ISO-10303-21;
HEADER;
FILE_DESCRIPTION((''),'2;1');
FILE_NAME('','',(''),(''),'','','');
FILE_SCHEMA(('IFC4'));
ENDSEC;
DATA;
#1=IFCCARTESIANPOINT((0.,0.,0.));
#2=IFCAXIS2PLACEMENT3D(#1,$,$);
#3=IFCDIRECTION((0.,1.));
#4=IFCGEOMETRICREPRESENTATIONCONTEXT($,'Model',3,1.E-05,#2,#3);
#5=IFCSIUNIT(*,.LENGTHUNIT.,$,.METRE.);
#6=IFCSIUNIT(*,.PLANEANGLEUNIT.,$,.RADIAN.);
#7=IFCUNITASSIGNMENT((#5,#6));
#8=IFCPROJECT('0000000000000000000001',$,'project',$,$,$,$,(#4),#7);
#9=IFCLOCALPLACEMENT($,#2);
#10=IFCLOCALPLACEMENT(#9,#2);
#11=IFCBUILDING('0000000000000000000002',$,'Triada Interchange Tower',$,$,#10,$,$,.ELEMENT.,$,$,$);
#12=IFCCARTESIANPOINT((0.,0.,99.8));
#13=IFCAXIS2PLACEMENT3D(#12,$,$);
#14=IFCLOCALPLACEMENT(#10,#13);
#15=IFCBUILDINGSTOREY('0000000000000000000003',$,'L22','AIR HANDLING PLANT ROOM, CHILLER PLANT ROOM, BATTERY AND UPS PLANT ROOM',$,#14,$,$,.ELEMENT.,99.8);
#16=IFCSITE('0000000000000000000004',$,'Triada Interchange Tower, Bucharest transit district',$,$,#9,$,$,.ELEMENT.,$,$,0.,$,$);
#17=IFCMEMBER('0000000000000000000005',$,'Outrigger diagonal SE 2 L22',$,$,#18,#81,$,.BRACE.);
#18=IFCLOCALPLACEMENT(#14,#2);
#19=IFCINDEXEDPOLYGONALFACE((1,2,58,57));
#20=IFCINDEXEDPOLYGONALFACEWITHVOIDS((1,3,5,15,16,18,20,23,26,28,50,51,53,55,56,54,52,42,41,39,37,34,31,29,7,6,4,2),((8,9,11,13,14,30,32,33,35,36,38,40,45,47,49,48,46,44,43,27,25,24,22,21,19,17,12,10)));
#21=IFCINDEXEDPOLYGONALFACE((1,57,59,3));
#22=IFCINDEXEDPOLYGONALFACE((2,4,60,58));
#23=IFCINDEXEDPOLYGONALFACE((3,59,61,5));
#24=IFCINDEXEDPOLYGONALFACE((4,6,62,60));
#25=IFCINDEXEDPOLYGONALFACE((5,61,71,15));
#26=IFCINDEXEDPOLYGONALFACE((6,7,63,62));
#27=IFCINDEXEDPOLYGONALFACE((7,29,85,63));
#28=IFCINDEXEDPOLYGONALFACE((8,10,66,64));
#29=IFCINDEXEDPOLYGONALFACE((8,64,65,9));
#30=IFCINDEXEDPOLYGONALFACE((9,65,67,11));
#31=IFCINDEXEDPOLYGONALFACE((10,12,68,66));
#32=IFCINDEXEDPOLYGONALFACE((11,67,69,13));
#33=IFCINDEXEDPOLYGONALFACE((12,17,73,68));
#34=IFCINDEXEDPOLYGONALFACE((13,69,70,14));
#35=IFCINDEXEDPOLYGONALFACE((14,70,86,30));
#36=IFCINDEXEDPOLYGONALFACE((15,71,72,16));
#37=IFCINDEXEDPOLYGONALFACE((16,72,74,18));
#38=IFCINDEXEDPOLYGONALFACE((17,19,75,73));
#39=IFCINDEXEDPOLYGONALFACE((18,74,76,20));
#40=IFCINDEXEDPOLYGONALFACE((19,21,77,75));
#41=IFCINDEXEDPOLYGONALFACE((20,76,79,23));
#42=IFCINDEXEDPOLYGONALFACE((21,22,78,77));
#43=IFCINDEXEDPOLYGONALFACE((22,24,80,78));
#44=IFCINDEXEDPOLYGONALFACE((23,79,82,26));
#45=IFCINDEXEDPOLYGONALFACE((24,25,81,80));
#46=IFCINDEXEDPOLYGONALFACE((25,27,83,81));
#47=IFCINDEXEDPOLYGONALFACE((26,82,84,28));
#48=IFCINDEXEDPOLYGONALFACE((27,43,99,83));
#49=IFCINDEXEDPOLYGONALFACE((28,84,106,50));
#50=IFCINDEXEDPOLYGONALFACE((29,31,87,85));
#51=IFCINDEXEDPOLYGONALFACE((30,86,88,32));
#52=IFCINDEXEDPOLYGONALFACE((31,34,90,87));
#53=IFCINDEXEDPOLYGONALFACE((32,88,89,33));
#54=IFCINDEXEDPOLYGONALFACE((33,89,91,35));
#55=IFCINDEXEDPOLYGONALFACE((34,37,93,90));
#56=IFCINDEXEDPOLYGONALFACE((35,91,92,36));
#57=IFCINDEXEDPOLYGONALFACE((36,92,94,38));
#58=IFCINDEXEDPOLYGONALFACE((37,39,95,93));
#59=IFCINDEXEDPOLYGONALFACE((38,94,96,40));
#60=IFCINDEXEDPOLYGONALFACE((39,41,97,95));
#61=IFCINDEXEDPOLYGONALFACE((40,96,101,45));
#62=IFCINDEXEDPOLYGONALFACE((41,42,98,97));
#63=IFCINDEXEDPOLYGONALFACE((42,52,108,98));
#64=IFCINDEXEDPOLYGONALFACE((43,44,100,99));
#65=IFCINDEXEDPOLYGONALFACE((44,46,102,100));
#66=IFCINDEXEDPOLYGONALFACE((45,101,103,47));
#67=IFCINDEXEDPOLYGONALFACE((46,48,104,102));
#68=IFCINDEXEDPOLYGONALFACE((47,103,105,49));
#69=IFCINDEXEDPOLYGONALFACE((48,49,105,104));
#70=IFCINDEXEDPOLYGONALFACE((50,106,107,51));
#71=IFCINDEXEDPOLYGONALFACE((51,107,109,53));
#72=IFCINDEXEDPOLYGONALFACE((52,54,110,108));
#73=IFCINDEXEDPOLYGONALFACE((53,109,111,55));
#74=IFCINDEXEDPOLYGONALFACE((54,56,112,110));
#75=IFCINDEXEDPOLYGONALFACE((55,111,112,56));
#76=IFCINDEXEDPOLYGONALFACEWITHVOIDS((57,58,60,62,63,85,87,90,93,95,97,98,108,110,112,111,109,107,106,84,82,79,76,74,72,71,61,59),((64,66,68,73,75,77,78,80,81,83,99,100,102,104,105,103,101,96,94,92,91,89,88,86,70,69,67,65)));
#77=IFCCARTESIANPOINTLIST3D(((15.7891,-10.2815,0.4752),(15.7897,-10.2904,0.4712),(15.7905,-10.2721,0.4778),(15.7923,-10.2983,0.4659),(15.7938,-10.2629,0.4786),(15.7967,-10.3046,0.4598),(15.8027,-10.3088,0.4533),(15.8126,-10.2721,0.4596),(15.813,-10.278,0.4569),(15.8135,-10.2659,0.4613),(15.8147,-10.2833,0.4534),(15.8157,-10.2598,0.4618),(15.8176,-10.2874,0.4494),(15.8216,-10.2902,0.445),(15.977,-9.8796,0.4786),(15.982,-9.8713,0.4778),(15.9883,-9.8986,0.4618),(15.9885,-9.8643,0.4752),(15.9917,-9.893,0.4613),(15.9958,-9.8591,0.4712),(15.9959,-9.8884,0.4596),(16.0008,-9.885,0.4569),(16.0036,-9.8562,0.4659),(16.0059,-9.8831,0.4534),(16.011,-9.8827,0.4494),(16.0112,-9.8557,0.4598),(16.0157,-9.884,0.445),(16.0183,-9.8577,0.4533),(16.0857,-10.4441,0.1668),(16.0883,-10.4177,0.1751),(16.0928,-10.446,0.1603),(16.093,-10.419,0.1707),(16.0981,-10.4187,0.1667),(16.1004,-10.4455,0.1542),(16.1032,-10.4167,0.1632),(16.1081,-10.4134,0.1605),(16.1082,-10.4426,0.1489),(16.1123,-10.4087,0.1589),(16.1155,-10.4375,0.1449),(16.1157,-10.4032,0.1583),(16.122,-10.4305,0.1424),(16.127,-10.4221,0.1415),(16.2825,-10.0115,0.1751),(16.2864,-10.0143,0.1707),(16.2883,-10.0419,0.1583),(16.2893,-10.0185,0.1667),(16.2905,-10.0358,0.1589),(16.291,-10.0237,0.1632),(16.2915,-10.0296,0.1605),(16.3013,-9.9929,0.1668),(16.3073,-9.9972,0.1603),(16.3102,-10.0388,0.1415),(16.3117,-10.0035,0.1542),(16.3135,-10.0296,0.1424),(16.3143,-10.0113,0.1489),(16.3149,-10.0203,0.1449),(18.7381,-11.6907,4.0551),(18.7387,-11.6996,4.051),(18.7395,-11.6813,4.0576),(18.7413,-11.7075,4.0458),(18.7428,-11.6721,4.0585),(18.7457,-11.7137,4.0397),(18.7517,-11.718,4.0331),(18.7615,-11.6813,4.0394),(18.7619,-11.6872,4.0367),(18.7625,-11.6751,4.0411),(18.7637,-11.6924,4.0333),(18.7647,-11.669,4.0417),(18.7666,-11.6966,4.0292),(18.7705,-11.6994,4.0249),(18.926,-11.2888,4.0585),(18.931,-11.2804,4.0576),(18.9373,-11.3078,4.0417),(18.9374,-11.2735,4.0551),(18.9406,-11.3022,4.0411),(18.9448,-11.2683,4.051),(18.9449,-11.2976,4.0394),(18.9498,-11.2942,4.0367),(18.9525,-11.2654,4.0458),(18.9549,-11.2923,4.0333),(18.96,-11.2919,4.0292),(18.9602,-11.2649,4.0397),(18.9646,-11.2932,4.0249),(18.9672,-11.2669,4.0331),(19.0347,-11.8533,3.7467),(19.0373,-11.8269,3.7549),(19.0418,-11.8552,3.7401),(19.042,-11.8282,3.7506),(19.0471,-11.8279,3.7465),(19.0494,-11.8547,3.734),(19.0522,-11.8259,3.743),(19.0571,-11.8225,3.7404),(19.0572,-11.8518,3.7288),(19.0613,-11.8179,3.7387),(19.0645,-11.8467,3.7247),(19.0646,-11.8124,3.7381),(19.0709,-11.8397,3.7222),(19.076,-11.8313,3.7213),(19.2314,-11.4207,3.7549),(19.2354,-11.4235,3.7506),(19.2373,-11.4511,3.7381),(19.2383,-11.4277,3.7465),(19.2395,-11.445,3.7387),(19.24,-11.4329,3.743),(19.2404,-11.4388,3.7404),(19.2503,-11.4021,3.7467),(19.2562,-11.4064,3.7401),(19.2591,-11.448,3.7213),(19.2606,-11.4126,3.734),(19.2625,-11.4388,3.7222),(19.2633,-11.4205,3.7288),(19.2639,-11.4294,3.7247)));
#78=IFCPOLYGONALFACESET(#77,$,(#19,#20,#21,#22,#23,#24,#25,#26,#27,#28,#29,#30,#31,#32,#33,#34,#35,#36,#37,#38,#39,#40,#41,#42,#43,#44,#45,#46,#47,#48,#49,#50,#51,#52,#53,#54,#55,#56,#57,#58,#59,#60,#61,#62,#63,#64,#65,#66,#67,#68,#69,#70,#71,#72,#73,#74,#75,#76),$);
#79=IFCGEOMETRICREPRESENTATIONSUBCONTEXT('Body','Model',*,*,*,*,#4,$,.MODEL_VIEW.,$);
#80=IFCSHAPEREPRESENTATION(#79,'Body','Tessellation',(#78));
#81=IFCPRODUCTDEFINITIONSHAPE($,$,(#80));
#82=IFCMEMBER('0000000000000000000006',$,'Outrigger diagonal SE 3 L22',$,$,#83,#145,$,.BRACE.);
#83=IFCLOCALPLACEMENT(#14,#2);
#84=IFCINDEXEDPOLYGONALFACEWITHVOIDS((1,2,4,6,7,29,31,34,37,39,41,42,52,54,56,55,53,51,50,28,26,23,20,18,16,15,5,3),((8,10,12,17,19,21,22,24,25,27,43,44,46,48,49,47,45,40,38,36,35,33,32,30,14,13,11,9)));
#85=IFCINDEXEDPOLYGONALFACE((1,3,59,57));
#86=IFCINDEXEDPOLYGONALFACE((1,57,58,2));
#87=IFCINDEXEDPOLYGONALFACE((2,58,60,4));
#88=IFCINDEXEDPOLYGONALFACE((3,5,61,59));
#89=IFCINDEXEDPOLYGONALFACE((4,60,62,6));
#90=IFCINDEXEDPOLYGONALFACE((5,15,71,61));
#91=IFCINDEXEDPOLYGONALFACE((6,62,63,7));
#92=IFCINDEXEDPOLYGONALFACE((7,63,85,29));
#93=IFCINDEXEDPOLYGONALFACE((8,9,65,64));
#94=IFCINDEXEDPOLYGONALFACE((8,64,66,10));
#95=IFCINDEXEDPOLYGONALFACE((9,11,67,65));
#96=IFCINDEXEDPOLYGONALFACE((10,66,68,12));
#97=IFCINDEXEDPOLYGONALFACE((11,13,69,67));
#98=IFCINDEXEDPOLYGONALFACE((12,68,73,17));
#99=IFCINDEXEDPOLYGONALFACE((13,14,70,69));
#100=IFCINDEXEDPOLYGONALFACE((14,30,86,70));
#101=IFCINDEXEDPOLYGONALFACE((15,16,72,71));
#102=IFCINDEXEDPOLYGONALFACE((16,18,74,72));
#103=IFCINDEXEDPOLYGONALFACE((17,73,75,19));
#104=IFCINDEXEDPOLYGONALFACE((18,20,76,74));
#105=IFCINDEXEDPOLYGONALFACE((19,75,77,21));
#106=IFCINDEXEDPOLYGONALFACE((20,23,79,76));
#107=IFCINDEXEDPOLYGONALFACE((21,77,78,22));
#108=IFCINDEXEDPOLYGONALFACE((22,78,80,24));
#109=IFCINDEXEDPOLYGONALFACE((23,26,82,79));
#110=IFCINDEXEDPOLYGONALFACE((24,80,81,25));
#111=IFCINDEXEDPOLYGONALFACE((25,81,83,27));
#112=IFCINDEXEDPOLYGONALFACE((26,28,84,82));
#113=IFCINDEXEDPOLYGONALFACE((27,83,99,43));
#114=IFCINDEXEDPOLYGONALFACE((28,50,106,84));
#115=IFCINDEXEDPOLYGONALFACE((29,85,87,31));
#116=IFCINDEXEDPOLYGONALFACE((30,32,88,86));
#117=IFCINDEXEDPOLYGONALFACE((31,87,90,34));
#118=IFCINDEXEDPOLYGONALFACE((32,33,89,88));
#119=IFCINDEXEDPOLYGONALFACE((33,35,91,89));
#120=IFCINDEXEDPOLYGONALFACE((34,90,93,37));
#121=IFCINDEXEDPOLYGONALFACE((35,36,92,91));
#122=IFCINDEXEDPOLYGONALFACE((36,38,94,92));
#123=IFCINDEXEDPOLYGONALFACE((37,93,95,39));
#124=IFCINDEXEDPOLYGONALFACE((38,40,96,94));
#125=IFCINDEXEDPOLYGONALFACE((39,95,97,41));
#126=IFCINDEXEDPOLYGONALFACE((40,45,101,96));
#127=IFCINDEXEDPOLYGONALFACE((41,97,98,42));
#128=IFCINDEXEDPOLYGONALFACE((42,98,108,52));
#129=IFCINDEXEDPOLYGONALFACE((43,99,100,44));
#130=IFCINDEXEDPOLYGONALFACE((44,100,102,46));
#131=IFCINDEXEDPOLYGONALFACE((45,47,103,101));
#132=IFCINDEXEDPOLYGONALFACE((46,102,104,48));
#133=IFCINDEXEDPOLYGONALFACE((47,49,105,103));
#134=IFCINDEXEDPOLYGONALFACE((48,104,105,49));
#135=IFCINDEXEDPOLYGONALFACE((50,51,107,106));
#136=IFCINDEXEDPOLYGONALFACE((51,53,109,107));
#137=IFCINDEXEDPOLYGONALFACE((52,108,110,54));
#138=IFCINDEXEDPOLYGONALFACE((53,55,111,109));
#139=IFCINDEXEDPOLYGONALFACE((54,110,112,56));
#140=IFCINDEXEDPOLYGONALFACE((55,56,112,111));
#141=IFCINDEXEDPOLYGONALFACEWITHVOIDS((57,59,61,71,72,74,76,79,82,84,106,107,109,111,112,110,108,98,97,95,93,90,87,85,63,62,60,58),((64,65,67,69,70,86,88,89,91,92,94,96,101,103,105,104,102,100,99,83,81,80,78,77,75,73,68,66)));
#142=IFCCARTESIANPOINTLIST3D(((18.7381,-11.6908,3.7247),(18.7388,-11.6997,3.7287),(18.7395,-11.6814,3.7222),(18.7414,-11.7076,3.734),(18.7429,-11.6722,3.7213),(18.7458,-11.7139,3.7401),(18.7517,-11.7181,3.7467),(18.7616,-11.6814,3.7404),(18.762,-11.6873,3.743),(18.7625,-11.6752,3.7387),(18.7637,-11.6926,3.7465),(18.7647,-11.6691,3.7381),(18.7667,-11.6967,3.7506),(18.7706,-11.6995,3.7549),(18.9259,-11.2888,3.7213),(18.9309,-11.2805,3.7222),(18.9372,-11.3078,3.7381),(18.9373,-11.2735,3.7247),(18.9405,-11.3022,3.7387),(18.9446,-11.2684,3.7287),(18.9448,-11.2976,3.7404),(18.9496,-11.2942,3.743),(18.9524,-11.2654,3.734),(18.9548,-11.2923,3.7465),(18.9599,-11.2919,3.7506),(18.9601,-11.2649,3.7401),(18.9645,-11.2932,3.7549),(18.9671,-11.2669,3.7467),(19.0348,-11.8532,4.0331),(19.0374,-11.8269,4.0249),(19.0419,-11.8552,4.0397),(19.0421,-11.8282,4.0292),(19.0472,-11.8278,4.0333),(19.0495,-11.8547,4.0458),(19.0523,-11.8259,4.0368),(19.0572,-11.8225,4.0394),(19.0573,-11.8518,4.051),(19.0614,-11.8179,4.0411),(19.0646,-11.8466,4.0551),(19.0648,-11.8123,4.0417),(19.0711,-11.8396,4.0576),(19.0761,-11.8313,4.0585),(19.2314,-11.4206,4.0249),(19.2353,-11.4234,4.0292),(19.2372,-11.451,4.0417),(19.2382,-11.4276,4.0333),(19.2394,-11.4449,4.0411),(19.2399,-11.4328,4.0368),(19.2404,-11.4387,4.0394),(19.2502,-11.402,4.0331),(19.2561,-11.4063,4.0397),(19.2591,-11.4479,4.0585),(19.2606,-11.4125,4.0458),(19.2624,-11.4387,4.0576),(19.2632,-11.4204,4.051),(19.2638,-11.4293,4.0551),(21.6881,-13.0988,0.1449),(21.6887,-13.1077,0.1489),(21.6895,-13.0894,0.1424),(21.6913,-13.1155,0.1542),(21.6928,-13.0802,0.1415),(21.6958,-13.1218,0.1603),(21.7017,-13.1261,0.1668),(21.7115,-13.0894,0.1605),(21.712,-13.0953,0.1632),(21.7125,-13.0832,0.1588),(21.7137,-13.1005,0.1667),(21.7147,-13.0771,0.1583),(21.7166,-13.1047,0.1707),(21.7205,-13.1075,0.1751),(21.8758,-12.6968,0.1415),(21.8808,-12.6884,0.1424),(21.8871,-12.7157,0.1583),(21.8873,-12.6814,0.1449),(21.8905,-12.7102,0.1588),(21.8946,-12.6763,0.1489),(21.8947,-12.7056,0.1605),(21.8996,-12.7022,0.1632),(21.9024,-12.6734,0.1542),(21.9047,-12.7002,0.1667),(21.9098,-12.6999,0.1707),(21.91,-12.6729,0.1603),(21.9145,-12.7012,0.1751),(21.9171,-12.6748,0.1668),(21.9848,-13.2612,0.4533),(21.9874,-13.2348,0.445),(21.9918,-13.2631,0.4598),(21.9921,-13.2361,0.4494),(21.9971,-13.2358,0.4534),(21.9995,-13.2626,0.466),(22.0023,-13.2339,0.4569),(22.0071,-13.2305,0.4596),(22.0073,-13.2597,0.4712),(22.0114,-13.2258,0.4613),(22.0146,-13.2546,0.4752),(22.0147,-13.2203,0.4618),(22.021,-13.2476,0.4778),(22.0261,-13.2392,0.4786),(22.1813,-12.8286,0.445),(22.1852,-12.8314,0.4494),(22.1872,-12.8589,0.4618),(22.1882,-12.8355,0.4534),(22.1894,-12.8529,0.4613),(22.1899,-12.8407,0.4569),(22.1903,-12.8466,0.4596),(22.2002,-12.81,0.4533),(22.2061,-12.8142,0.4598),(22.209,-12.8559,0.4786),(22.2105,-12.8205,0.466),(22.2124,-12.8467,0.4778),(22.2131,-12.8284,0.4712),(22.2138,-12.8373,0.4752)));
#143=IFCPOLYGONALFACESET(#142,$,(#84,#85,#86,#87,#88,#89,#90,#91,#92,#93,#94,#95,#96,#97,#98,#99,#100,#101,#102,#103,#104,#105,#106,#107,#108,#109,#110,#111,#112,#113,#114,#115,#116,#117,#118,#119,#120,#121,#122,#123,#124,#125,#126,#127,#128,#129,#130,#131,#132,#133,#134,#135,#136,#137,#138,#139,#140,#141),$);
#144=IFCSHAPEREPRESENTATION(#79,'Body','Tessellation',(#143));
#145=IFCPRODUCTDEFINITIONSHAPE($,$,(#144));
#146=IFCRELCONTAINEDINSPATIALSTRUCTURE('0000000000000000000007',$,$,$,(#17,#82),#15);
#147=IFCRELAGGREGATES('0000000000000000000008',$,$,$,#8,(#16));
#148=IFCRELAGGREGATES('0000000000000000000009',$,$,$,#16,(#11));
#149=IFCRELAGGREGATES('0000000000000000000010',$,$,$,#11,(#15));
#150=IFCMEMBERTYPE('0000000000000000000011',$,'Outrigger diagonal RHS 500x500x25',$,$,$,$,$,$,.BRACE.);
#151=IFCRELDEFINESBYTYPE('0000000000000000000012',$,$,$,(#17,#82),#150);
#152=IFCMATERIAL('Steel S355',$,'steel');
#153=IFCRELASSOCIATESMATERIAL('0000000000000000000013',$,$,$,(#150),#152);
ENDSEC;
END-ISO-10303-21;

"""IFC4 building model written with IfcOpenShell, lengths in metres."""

from ifc_helpers import new_model, si_unit, direction, frame, origin, origin_2d, place, context, subcontext, project, spatial, hollow_rectangle, extrude, material, material_profile, profile_set, type_object, element, save


model = new_model("IFC4")

# Units and contexts
model_context = context("Model", 3, precision=1e-05, world=origin(), true_north=direction((0.0, 1.0)))
body_context = subcontext(model_context, "Body", "Model", "MODEL_VIEW")
ifc_project = project(units=[si_unit("LENGTHUNIT", "METRE"), si_unit("PLANEANGLEUNIT", "RADIAN")], contexts=[model_context])

# Site, building, storey
site_placement = place(None, origin())
site = spatial("IfcSite", under=ifc_project, at=site_placement, Name="Triada Interchange Tower, Bucharest transit district", CompositionType="ELEMENT", RefElevation=0.0)
building_placement = place(site_placement, origin())
building = spatial("IfcBuilding", under=site, at=building_placement, Name="Triada Interchange Tower", CompositionType="ELEMENT")
storey_placement = place(building_placement, frame((0.0, 0.0, 99.8)))
storey = spatial("IfcBuildingStorey", under=building, at=storey_placement, Name="L22", Description="AIR HANDLING PLANT ROOM, CHILLER PLANT ROOM, BATTERY AND UPS PLANT ROOM", CompositionType="ELEMENT", Elevation=99.8)

# Members
ifc_material_1 = material(Name="Steel S355", Category="steel")
ifc_material_profile_1 = material_profile(ifc_material_1, hollow_rectangle(XDim=0.5, YDim=0.5, WallThickness=0.0249, InnerFilletRadius=0.0249, OuterFilletRadius=0.0376, at=origin_2d()), Name="RHS 500x500x25")
ifc_profile_set_1 = profile_set([ifc_material_profile_1], Name="Steel S355")
member_type_1 = type_object("IfcMemberType", Name="Outrigger diagonal RHS 500x500x25", PredefinedType="BRACE", material=ifc_profile_set_1)
member_1_placement = place(storey_placement, frame((16.052, -10.1509, 0.3101), z_axis=(0.60836, -0.290707, 0.738503), x_axis=(0.431157, 0.902277, 0.0)))
element("IfcMember", 1, at=member_1_placement, inside=storey, type_object=member_type_1, Name="Outrigger diagonal SE 2 L22", PredefinedType="BRACE", context=body_context, shape_type="SweptSolid", body=[
    extrude(hollow_rectangle(XDim=0.5, YDim=0.5, WallThickness=0.0249, InnerFilletRadius=0.0249, OuterFilletRadius=0.0376, at=origin_2d()), origin(), (0.0, 0.0, 1.0), 4.8474),
])
member_2_placement = place(storey_placement, frame((19.001, -11.5601, 3.8899), z_axis=(0.608531, -0.290441, -0.738467), x_axis=(0.430736, 0.902478, 0.0)))
element("IfcMember", 2, at=member_2_placement, inside=storey, type_object=member_type_1, Name="Outrigger diagonal SE 3 L22", PredefinedType="BRACE", context=body_context, shape_type="SweptSolid", body=[
    extrude(hollow_rectangle(XDim=0.5, YDim=0.5, WallThickness=0.0249, InnerFilletRadius=0.0249, OuterFilletRadius=0.0376, at=origin_2d()), origin(), (0.0, 0.0, 1.0), 4.8477),
])

save(model, "model.ifc")
